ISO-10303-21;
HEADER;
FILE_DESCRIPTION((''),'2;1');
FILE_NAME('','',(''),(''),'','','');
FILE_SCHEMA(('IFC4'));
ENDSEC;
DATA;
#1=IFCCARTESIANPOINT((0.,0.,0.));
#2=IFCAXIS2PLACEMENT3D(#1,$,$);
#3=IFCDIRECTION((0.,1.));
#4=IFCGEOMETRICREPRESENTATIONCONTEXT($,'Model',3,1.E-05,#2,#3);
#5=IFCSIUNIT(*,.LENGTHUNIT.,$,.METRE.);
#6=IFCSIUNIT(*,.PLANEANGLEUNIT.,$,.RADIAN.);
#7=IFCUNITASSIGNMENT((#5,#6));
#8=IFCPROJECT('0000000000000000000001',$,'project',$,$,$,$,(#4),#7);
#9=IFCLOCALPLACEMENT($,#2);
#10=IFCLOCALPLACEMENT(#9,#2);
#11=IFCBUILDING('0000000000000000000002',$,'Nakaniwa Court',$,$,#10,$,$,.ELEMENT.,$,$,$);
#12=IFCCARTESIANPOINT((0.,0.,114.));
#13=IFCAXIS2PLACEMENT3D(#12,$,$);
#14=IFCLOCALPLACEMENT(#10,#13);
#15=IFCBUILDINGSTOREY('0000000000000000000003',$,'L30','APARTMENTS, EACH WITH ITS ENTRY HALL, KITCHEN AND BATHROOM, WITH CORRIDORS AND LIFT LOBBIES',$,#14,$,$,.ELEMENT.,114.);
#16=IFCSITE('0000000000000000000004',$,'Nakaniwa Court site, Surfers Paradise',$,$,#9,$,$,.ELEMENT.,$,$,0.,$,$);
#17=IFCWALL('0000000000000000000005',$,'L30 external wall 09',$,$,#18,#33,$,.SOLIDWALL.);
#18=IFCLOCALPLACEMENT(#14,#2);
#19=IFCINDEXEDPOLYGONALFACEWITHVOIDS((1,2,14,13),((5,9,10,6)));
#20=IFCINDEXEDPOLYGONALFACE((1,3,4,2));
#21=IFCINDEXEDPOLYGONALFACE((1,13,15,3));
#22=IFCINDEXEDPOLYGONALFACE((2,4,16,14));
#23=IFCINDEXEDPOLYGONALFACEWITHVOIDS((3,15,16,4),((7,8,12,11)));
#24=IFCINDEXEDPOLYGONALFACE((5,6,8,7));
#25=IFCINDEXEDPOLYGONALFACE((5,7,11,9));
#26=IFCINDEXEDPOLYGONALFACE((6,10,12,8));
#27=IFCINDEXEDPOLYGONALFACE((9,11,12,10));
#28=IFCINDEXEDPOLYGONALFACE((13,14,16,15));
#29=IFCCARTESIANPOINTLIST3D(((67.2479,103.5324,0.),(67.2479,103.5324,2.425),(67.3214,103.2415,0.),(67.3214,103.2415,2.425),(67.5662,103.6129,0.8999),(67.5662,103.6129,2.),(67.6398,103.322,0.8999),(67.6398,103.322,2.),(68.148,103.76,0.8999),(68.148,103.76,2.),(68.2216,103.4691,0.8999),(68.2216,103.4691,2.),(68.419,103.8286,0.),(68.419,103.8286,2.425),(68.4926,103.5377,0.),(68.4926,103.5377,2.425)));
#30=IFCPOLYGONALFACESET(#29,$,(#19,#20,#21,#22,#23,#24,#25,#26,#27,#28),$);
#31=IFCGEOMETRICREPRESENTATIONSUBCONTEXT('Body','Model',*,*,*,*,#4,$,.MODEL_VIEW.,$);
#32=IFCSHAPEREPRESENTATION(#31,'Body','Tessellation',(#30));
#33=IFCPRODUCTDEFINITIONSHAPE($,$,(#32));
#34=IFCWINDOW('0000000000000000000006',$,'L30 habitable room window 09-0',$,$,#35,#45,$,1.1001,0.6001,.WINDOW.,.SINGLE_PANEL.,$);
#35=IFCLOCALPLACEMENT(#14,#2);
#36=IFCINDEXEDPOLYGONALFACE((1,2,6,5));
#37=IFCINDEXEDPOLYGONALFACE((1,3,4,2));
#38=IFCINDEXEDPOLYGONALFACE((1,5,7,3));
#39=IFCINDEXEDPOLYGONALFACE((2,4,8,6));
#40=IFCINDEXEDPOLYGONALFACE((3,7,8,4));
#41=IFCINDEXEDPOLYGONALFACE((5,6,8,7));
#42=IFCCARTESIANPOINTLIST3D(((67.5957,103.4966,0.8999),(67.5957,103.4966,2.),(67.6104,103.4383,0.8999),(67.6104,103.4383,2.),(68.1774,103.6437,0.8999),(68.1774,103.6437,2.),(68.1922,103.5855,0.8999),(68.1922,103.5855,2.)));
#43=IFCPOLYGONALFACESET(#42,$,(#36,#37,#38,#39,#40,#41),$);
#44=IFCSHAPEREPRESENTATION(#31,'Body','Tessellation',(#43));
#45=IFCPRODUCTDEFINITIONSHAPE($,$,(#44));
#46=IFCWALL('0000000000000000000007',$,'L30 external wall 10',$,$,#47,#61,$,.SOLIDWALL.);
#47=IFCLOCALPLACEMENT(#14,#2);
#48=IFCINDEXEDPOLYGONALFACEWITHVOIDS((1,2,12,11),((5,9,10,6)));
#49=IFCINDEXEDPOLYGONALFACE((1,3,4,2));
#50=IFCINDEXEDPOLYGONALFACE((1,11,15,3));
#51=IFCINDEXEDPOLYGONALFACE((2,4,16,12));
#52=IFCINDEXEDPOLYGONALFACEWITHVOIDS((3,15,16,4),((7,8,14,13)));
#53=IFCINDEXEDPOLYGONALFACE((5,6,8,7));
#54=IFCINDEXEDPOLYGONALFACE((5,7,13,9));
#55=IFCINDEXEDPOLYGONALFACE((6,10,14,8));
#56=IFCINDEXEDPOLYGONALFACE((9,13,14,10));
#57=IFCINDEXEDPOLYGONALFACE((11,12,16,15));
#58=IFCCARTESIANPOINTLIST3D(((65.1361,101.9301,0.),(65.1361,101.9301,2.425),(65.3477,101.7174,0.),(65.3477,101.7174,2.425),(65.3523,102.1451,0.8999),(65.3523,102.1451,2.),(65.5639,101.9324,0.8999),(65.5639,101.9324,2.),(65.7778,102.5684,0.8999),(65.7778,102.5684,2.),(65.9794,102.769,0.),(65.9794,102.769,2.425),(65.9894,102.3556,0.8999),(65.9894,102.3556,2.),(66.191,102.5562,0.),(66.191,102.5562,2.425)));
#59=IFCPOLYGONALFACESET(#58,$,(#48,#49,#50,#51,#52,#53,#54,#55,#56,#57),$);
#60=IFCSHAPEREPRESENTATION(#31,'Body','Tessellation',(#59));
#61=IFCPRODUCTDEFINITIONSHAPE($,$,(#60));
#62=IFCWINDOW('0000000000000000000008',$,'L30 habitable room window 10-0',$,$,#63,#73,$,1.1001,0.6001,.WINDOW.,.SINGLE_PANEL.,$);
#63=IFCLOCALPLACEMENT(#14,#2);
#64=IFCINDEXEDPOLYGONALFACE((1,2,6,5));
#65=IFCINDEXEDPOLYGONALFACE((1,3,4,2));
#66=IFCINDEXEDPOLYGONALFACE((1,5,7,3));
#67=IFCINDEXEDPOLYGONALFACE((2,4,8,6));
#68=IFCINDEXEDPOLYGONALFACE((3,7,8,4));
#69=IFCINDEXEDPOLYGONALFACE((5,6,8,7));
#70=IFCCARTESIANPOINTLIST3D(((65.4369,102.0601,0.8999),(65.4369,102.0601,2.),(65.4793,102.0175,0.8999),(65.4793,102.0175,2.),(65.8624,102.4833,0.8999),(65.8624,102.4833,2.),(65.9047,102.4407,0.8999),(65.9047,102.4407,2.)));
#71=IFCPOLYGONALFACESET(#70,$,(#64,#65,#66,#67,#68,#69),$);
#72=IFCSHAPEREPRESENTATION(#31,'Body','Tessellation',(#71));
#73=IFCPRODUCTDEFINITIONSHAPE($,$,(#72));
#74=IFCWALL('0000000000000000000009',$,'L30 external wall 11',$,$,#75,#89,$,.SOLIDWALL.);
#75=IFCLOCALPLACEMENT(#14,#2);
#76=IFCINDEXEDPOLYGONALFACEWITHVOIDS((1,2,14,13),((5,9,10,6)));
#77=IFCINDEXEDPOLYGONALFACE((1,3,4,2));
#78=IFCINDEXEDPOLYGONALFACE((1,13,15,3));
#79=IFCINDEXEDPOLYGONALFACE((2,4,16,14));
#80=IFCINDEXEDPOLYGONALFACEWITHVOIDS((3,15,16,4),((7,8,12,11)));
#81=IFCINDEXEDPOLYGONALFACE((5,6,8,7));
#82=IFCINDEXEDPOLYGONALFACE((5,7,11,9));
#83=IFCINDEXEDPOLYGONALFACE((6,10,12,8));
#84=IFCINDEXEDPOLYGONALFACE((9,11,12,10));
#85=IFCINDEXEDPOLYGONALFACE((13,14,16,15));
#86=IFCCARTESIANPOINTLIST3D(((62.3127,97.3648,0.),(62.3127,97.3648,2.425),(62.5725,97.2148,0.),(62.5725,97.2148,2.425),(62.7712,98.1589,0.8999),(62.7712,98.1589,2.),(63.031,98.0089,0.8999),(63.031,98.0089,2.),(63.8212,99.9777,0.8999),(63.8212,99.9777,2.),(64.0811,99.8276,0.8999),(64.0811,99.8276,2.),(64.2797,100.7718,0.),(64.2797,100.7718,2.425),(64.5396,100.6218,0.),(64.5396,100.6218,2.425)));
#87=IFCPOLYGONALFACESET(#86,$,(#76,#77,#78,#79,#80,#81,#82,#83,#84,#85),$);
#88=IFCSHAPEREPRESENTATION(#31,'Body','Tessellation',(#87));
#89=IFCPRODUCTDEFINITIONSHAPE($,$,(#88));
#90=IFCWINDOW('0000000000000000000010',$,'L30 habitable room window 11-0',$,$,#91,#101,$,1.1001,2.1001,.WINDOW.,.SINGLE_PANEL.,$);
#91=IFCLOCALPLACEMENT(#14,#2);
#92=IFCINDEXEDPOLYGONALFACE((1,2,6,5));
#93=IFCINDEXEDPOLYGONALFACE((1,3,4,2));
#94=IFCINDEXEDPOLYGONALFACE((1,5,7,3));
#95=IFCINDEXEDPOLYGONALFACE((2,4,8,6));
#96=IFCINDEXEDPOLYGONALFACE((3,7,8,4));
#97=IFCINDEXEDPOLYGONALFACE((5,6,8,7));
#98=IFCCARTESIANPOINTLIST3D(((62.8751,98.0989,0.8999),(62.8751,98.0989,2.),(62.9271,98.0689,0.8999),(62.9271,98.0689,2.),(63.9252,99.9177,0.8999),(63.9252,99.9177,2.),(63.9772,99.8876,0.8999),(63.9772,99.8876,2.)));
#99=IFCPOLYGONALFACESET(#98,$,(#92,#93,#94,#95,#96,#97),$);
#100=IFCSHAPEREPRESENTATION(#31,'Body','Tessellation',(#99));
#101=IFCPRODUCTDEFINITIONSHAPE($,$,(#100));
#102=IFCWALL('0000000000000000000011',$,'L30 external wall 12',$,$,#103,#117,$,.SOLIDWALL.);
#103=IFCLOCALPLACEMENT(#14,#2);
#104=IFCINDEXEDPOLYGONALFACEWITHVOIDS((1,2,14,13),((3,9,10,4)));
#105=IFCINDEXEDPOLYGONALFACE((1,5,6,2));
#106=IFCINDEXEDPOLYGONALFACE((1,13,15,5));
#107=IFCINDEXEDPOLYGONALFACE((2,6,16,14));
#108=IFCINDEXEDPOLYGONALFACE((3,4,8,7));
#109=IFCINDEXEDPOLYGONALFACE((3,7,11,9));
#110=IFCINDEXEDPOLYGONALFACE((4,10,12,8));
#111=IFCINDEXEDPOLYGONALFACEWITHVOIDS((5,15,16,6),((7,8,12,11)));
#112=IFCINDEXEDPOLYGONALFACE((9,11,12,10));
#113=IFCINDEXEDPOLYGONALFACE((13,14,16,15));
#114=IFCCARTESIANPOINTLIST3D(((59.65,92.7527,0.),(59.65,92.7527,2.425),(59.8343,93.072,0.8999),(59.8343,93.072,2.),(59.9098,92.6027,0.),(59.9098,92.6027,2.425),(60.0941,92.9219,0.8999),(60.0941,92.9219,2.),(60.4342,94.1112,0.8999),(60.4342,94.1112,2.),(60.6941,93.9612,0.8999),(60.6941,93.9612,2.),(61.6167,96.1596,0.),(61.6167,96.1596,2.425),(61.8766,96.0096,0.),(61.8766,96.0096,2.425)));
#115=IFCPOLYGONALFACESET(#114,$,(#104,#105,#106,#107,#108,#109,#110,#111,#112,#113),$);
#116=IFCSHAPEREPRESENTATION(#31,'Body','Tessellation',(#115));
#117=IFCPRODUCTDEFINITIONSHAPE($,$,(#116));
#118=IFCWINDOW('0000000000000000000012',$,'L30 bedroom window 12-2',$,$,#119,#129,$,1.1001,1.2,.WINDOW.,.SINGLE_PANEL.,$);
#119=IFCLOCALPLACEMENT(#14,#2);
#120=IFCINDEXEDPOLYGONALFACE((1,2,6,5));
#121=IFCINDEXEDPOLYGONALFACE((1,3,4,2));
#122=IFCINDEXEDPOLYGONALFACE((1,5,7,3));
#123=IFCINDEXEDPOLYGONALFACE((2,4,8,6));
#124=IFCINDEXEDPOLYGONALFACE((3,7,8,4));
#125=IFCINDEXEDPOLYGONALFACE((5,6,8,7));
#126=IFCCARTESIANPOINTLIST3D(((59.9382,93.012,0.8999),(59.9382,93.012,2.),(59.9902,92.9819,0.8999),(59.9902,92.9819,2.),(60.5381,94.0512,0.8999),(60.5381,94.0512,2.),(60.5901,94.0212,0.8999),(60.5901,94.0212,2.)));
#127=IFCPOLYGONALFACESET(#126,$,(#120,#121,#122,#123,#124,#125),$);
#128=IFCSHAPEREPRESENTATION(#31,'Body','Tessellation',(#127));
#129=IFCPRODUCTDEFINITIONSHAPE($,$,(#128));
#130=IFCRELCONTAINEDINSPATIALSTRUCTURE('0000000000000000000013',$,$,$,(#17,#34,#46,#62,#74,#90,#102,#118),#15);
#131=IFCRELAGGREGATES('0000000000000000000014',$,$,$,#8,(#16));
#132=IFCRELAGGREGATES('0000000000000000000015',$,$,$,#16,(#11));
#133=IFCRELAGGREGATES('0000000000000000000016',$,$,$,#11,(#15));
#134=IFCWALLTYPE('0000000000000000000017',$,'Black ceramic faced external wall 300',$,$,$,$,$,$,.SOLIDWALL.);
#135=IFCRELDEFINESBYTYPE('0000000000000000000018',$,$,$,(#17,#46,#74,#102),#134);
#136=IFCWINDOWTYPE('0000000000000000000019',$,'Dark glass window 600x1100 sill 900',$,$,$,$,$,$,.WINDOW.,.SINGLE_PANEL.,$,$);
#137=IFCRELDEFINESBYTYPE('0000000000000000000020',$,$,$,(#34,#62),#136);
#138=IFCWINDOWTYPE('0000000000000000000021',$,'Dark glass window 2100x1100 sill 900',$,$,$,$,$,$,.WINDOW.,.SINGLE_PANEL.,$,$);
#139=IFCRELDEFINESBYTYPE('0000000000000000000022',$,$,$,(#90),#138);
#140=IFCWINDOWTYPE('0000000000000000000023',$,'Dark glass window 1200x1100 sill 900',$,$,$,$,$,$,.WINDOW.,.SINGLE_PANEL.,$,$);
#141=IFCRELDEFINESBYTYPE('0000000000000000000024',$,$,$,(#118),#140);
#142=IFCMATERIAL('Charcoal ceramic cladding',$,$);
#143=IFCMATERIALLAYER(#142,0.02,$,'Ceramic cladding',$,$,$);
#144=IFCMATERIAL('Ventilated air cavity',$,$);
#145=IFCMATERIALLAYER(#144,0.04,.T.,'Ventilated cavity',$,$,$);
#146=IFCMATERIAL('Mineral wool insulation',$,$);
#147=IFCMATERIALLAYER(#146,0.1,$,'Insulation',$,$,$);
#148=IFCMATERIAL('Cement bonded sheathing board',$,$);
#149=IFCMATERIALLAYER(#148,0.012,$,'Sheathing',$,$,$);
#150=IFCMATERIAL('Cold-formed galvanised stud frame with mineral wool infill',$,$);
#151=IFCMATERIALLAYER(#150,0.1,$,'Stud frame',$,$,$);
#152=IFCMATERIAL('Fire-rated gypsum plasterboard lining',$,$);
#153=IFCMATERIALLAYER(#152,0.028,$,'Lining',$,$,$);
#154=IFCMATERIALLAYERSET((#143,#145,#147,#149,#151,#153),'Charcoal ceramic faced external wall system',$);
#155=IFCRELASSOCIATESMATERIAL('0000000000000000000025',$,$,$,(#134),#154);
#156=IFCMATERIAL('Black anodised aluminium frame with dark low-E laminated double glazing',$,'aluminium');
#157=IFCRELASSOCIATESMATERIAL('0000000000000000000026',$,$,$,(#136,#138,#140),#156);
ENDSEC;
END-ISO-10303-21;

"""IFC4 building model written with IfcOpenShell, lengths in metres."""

from ifc_helpers import new_model, si_unit, direction, frame, frame_2d, origin, place, context, subcontext, project, spatial, rectangle, extrude, material, layer, layer_set, type_object, element, fill, save


model = new_model("IFC4")

# Units and contexts
model_context = context("Model", 3, precision=1e-05, world=origin(), true_north=direction((0.0, 1.0)))
body_context = subcontext(model_context, "Body", "Model", "MODEL_VIEW")
ifc_project = project(units=[si_unit("LENGTHUNIT", "METRE"), si_unit("PLANEANGLEUNIT", "RADIAN")], contexts=[model_context])

# Site, building, storey
site_placement = place(None, origin())
site = spatial("IfcSite", under=ifc_project, at=site_placement, Name="Nakaniwa Court site, Surfers Paradise", CompositionType="ELEMENT", RefElevation=0.0)
building_placement = place(site_placement, origin())
building = spatial("IfcBuilding", under=site, at=building_placement, Name="Nakaniwa Court", CompositionType="ELEMENT")
storey_placement = place(building_placement, frame((0.0, 0.0, 114.0)))
storey = spatial("IfcBuildingStorey", under=building, at=storey_placement, Name="L30", Description="APARTMENTS, EACH WITH ITS ENTRY HALL, KITCHEN AND BATHROOM, WITH CORRIDORS AND LIFT LOBBIES", CompositionType="ELEMENT", Elevation=114.0)

# Walls, openings, windows
ifc_material_1 = material(Name="Charcoal ceramic cladding")
ifc_layer_1 = layer(ifc_material_1, 0.02, Name="Ceramic cladding")
ifc_material_2 = material(Name="Ventilated air cavity")
ifc_layer_2 = layer(ifc_material_2, 0.04, ventilated=True, Name="Ventilated cavity")
ifc_material_3 = material(Name="Mineral wool insulation")
ifc_layer_3 = layer(ifc_material_3, 0.1, Name="Insulation")
ifc_material_4 = material(Name="Cement bonded sheathing board")
ifc_layer_4 = layer(ifc_material_4, 0.012, Name="Sheathing")
ifc_material_5 = material(Name="Cold-formed galvanised stud frame with mineral wool infill")
ifc_layer_5 = layer(ifc_material_5, 0.1, Name="Stud frame")
ifc_material_6 = material(Name="Fire-rated gypsum plasterboard lining")
ifc_layer_6 = layer(ifc_material_6, 0.028, Name="Lining")
ifc_layer_set_1 = layer_set([ifc_layer_1, ifc_layer_2, ifc_layer_3, ifc_layer_4, ifc_layer_5, ifc_layer_6], Name="Charcoal ceramic faced external wall system")
wall_type_1 = type_object("IfcWallType", Name="Black ceramic faced external wall 300", PredefinedType="SOLIDWALL", material=ifc_layer_set_1)
wall_1_placement = place(storey_placement, frame((68.4558, 103.6831, 0.0), z_axis=(0.0, 0.0, 1.0), x_axis=(-0.969485, -0.24515, 0.0)))
wall_1 = element("IfcWall", 1, at=wall_1_placement, inside=storey, type_object=wall_type_1, Name="L30 external wall 09", PredefinedType="SOLIDWALL", context=body_context, shape_type="SweptSolid", body=[
    extrude(rectangle(XDim=1.208, YDim=0.3, at=frame_2d((0.604, 0.0))), origin(), (0.0, 0.0, 1.0), 2.425),
])
opening_1_placement = place(wall_1_placement, frame((0.2795, 0.0, 0.8999)))
opening_1 = element("IfcOpeningElement", 2, at=opening_1_placement, cuts=wall_1, PredefinedType="OPENING", context=body_context, shape_type="SweptSolid", body=[
    extrude(rectangle(XDim=0.6001, YDim=1.1001, at=frame_2d((0.3, 0.55))), frame((0.0, 0.1599, 0.0), z_axis=(0.0, -1.0, 0.0), x_axis=(1.0, 0.0, 0.0)), (0.0, 0.0, 1.0), 0.3201),
])
ifc_material_7 = material(Name="Black anodised aluminium frame with dark low-E laminated double glazing", Category="aluminium")
window_type_1 = type_object("IfcWindowType", Name="Dark glass window 600x1100 sill 900", PartitioningType="SINGLE_PANEL", PredefinedType="WINDOW", material=ifc_material_7)
window_1_placement = place(opening_1_placement, origin())
window_1 = element("IfcWindow", 3, at=window_1_placement, inside=storey, type_object=window_type_1, Name="L30 habitable room window 09-0", OverallHeight=1.1001, OverallWidth=0.6001, PartitioningType="SINGLE_PANEL", PredefinedType="WINDOW", context=body_context, shape_type="SweptSolid", body=[
    extrude(rectangle(XDim=0.6001, YDim=1.1001, at=frame_2d((0.3, 0.55))), frame((0.0, 0.03, 0.0), z_axis=(0.0, -1.0, 0.0), x_axis=(1.0, 0.0, 0.0)), (0.0, 0.0, 1.0), 0.0601),
])
fill(opening_1, window_1)
wall_2_placement = place(storey_placement, frame((66.0852, 102.6626, 0.0), z_axis=(0.0, 0.0, 1.0), x_axis=(-0.708952, -0.705257, 0.0)))
wall_2 = element("IfcWall", 4, at=wall_2_placement, inside=storey, type_object=wall_type_1, Name="L30 external wall 10", PredefinedType="SOLIDWALL", context=body_context, shape_type="SweptSolid", body=[
    extrude(rectangle(XDim=1.1895, YDim=0.3, at=frame_2d((0.5947, 0.0))), origin(), (0.0, 0.0, 1.0), 2.425),
])
opening_2_placement = place(wall_2_placement, frame((0.2844, 0.0, 0.8999)))
opening_2 = element("IfcOpeningElement", 5, at=opening_2_placement, cuts=wall_2, PredefinedType="OPENING", context=body_context, shape_type="SweptSolid", body=[
    extrude(rectangle(XDim=0.6001, YDim=1.1001, at=frame_2d((0.3, 0.55))), frame((0.0, 0.1599, 0.0), z_axis=(0.0, -1.0, 0.0), x_axis=(1.0, 0.0, 0.0)), (0.0, 0.0, 1.0), 0.3201),
])
window_2_placement = place(opening_2_placement, origin())
window_2 = element("IfcWindow", 6, at=window_2_placement, inside=storey, type_object=window_type_1, Name="L30 habitable room window 10-0", OverallHeight=1.1001, OverallWidth=0.6001, PartitioningType="SINGLE_PANEL", PredefinedType="WINDOW", context=body_context, shape_type="SweptSolid", body=[
    extrude(rectangle(XDim=0.6001, YDim=1.1001, at=frame_2d((0.3, 0.55))), frame((0.0, 0.03, 0.0), z_axis=(0.0, -1.0, 0.0), x_axis=(1.0, 0.0, 0.0)), (0.0, 0.0, 1.0), 0.0601),
])
fill(opening_2, window_2)
wall_3_placement = place(storey_placement, frame((64.4097, 100.6968, 0.0), z_axis=(0.0, 0.0, 1.0), x_axis=(-0.500004, -0.866023, 0.0)))
wall_3 = element("IfcWall", 7, at=wall_3_placement, inside=storey, type_object=wall_type_1, Name="L30 external wall 11", PredefinedType="SOLIDWALL", context=body_context, shape_type="SweptSolid", body=[
    extrude(rectangle(XDim=3.9341, YDim=0.3, at=frame_2d((1.967, 0.0))), origin(), (0.0, 0.0, 1.0), 2.425),
])
opening_3_placement = place(wall_3_placement, frame((0.917, 0.0, 0.8999)))
opening_3 = element("IfcOpeningElement", 8, at=opening_3_placement, cuts=wall_3, PredefinedType="OPENING", context=body_context, shape_type="SweptSolid", body=[
    extrude(rectangle(XDim=2.1001, YDim=1.1001, at=frame_2d((1.05, 0.55))), frame((0.0, 0.1599, 0.0), z_axis=(0.0, -1.0, 0.0), x_axis=(1.0, 0.0, 0.0)), (0.0, 0.0, 1.0), 0.3201),
])
window_type_2 = type_object("IfcWindowType", Name="Dark glass window 2100x1100 sill 900", PartitioningType="SINGLE_PANEL", PredefinedType="WINDOW", material=ifc_material_7)
window_3_placement = place(opening_3_placement, origin())
window_3 = element("IfcWindow", 9, at=window_3_placement, inside=storey, type_object=window_type_2, Name="L30 habitable room window 11-0", OverallHeight=1.1001, OverallWidth=2.1001, PartitioningType="SINGLE_PANEL", PredefinedType="WINDOW", context=body_context, shape_type="SweptSolid", body=[
    extrude(rectangle(XDim=2.1001, YDim=1.1001, at=frame_2d((1.05, 0.55))), frame((0.0, 0.03, 0.0), z_axis=(0.0, -1.0, 0.0), x_axis=(1.0, 0.0, 0.0)), (0.0, 0.0, 1.0), 0.0601),
])
fill(opening_3, window_3)
wall_4_placement = place(storey_placement, frame((61.7466, 96.0845, 0.0), z_axis=(0.0, 0.0, 1.0), x_axis=(-0.499957, -0.86605, 0.0)))
wall_4 = element("IfcWall", 10, at=wall_4_placement, inside=storey, type_object=wall_type_1, Name="L30 external wall 12", PredefinedType="SOLIDWALL", context=body_context, shape_type="SweptSolid", body=[
    extrude(rectangle(XDim=3.9338, YDim=0.3, at=frame_2d((1.9668, 0.0))), origin(), (0.0, 0.0, 1.0), 2.425),
])
opening_4_placement = place(wall_4_placement, frame((2.365, 0.0, 0.8999)))
opening_4 = element("IfcOpeningElement", 11, at=opening_4_placement, cuts=wall_4, PredefinedType="OPENING", context=body_context, shape_type="SweptSolid", body=[
    extrude(rectangle(XDim=1.2, YDim=1.1001, at=frame_2d((0.6001, 0.55))), frame((0.0, 0.1599, 0.0), z_axis=(0.0, -1.0, 0.0), x_axis=(1.0, 0.0, 0.0)), (0.0, 0.0, 1.0), 0.3201),
])
window_type_3 = type_object("IfcWindowType", Name="Dark glass window 1200x1100 sill 900", PartitioningType="SINGLE_PANEL", PredefinedType="WINDOW", material=ifc_material_7)
window_4_placement = place(opening_4_placement, origin())
window_4 = element("IfcWindow", 12, at=window_4_placement, inside=storey, type_object=window_type_3, Name="L30 bedroom window 12-2", OverallHeight=1.1001, OverallWidth=1.2, PartitioningType="SINGLE_PANEL", PredefinedType="WINDOW", context=body_context, shape_type="SweptSolid", body=[
    extrude(rectangle(XDim=1.2, YDim=1.1001, at=frame_2d((0.6001, 0.55))), frame((0.0, 0.03, 0.0), z_axis=(0.0, -1.0, 0.0), x_axis=(1.0, 0.0, 0.0)), (0.0, 0.0, 1.0), 0.0601),
])
fill(opening_4, window_4)

save(model, "model.ifc")
